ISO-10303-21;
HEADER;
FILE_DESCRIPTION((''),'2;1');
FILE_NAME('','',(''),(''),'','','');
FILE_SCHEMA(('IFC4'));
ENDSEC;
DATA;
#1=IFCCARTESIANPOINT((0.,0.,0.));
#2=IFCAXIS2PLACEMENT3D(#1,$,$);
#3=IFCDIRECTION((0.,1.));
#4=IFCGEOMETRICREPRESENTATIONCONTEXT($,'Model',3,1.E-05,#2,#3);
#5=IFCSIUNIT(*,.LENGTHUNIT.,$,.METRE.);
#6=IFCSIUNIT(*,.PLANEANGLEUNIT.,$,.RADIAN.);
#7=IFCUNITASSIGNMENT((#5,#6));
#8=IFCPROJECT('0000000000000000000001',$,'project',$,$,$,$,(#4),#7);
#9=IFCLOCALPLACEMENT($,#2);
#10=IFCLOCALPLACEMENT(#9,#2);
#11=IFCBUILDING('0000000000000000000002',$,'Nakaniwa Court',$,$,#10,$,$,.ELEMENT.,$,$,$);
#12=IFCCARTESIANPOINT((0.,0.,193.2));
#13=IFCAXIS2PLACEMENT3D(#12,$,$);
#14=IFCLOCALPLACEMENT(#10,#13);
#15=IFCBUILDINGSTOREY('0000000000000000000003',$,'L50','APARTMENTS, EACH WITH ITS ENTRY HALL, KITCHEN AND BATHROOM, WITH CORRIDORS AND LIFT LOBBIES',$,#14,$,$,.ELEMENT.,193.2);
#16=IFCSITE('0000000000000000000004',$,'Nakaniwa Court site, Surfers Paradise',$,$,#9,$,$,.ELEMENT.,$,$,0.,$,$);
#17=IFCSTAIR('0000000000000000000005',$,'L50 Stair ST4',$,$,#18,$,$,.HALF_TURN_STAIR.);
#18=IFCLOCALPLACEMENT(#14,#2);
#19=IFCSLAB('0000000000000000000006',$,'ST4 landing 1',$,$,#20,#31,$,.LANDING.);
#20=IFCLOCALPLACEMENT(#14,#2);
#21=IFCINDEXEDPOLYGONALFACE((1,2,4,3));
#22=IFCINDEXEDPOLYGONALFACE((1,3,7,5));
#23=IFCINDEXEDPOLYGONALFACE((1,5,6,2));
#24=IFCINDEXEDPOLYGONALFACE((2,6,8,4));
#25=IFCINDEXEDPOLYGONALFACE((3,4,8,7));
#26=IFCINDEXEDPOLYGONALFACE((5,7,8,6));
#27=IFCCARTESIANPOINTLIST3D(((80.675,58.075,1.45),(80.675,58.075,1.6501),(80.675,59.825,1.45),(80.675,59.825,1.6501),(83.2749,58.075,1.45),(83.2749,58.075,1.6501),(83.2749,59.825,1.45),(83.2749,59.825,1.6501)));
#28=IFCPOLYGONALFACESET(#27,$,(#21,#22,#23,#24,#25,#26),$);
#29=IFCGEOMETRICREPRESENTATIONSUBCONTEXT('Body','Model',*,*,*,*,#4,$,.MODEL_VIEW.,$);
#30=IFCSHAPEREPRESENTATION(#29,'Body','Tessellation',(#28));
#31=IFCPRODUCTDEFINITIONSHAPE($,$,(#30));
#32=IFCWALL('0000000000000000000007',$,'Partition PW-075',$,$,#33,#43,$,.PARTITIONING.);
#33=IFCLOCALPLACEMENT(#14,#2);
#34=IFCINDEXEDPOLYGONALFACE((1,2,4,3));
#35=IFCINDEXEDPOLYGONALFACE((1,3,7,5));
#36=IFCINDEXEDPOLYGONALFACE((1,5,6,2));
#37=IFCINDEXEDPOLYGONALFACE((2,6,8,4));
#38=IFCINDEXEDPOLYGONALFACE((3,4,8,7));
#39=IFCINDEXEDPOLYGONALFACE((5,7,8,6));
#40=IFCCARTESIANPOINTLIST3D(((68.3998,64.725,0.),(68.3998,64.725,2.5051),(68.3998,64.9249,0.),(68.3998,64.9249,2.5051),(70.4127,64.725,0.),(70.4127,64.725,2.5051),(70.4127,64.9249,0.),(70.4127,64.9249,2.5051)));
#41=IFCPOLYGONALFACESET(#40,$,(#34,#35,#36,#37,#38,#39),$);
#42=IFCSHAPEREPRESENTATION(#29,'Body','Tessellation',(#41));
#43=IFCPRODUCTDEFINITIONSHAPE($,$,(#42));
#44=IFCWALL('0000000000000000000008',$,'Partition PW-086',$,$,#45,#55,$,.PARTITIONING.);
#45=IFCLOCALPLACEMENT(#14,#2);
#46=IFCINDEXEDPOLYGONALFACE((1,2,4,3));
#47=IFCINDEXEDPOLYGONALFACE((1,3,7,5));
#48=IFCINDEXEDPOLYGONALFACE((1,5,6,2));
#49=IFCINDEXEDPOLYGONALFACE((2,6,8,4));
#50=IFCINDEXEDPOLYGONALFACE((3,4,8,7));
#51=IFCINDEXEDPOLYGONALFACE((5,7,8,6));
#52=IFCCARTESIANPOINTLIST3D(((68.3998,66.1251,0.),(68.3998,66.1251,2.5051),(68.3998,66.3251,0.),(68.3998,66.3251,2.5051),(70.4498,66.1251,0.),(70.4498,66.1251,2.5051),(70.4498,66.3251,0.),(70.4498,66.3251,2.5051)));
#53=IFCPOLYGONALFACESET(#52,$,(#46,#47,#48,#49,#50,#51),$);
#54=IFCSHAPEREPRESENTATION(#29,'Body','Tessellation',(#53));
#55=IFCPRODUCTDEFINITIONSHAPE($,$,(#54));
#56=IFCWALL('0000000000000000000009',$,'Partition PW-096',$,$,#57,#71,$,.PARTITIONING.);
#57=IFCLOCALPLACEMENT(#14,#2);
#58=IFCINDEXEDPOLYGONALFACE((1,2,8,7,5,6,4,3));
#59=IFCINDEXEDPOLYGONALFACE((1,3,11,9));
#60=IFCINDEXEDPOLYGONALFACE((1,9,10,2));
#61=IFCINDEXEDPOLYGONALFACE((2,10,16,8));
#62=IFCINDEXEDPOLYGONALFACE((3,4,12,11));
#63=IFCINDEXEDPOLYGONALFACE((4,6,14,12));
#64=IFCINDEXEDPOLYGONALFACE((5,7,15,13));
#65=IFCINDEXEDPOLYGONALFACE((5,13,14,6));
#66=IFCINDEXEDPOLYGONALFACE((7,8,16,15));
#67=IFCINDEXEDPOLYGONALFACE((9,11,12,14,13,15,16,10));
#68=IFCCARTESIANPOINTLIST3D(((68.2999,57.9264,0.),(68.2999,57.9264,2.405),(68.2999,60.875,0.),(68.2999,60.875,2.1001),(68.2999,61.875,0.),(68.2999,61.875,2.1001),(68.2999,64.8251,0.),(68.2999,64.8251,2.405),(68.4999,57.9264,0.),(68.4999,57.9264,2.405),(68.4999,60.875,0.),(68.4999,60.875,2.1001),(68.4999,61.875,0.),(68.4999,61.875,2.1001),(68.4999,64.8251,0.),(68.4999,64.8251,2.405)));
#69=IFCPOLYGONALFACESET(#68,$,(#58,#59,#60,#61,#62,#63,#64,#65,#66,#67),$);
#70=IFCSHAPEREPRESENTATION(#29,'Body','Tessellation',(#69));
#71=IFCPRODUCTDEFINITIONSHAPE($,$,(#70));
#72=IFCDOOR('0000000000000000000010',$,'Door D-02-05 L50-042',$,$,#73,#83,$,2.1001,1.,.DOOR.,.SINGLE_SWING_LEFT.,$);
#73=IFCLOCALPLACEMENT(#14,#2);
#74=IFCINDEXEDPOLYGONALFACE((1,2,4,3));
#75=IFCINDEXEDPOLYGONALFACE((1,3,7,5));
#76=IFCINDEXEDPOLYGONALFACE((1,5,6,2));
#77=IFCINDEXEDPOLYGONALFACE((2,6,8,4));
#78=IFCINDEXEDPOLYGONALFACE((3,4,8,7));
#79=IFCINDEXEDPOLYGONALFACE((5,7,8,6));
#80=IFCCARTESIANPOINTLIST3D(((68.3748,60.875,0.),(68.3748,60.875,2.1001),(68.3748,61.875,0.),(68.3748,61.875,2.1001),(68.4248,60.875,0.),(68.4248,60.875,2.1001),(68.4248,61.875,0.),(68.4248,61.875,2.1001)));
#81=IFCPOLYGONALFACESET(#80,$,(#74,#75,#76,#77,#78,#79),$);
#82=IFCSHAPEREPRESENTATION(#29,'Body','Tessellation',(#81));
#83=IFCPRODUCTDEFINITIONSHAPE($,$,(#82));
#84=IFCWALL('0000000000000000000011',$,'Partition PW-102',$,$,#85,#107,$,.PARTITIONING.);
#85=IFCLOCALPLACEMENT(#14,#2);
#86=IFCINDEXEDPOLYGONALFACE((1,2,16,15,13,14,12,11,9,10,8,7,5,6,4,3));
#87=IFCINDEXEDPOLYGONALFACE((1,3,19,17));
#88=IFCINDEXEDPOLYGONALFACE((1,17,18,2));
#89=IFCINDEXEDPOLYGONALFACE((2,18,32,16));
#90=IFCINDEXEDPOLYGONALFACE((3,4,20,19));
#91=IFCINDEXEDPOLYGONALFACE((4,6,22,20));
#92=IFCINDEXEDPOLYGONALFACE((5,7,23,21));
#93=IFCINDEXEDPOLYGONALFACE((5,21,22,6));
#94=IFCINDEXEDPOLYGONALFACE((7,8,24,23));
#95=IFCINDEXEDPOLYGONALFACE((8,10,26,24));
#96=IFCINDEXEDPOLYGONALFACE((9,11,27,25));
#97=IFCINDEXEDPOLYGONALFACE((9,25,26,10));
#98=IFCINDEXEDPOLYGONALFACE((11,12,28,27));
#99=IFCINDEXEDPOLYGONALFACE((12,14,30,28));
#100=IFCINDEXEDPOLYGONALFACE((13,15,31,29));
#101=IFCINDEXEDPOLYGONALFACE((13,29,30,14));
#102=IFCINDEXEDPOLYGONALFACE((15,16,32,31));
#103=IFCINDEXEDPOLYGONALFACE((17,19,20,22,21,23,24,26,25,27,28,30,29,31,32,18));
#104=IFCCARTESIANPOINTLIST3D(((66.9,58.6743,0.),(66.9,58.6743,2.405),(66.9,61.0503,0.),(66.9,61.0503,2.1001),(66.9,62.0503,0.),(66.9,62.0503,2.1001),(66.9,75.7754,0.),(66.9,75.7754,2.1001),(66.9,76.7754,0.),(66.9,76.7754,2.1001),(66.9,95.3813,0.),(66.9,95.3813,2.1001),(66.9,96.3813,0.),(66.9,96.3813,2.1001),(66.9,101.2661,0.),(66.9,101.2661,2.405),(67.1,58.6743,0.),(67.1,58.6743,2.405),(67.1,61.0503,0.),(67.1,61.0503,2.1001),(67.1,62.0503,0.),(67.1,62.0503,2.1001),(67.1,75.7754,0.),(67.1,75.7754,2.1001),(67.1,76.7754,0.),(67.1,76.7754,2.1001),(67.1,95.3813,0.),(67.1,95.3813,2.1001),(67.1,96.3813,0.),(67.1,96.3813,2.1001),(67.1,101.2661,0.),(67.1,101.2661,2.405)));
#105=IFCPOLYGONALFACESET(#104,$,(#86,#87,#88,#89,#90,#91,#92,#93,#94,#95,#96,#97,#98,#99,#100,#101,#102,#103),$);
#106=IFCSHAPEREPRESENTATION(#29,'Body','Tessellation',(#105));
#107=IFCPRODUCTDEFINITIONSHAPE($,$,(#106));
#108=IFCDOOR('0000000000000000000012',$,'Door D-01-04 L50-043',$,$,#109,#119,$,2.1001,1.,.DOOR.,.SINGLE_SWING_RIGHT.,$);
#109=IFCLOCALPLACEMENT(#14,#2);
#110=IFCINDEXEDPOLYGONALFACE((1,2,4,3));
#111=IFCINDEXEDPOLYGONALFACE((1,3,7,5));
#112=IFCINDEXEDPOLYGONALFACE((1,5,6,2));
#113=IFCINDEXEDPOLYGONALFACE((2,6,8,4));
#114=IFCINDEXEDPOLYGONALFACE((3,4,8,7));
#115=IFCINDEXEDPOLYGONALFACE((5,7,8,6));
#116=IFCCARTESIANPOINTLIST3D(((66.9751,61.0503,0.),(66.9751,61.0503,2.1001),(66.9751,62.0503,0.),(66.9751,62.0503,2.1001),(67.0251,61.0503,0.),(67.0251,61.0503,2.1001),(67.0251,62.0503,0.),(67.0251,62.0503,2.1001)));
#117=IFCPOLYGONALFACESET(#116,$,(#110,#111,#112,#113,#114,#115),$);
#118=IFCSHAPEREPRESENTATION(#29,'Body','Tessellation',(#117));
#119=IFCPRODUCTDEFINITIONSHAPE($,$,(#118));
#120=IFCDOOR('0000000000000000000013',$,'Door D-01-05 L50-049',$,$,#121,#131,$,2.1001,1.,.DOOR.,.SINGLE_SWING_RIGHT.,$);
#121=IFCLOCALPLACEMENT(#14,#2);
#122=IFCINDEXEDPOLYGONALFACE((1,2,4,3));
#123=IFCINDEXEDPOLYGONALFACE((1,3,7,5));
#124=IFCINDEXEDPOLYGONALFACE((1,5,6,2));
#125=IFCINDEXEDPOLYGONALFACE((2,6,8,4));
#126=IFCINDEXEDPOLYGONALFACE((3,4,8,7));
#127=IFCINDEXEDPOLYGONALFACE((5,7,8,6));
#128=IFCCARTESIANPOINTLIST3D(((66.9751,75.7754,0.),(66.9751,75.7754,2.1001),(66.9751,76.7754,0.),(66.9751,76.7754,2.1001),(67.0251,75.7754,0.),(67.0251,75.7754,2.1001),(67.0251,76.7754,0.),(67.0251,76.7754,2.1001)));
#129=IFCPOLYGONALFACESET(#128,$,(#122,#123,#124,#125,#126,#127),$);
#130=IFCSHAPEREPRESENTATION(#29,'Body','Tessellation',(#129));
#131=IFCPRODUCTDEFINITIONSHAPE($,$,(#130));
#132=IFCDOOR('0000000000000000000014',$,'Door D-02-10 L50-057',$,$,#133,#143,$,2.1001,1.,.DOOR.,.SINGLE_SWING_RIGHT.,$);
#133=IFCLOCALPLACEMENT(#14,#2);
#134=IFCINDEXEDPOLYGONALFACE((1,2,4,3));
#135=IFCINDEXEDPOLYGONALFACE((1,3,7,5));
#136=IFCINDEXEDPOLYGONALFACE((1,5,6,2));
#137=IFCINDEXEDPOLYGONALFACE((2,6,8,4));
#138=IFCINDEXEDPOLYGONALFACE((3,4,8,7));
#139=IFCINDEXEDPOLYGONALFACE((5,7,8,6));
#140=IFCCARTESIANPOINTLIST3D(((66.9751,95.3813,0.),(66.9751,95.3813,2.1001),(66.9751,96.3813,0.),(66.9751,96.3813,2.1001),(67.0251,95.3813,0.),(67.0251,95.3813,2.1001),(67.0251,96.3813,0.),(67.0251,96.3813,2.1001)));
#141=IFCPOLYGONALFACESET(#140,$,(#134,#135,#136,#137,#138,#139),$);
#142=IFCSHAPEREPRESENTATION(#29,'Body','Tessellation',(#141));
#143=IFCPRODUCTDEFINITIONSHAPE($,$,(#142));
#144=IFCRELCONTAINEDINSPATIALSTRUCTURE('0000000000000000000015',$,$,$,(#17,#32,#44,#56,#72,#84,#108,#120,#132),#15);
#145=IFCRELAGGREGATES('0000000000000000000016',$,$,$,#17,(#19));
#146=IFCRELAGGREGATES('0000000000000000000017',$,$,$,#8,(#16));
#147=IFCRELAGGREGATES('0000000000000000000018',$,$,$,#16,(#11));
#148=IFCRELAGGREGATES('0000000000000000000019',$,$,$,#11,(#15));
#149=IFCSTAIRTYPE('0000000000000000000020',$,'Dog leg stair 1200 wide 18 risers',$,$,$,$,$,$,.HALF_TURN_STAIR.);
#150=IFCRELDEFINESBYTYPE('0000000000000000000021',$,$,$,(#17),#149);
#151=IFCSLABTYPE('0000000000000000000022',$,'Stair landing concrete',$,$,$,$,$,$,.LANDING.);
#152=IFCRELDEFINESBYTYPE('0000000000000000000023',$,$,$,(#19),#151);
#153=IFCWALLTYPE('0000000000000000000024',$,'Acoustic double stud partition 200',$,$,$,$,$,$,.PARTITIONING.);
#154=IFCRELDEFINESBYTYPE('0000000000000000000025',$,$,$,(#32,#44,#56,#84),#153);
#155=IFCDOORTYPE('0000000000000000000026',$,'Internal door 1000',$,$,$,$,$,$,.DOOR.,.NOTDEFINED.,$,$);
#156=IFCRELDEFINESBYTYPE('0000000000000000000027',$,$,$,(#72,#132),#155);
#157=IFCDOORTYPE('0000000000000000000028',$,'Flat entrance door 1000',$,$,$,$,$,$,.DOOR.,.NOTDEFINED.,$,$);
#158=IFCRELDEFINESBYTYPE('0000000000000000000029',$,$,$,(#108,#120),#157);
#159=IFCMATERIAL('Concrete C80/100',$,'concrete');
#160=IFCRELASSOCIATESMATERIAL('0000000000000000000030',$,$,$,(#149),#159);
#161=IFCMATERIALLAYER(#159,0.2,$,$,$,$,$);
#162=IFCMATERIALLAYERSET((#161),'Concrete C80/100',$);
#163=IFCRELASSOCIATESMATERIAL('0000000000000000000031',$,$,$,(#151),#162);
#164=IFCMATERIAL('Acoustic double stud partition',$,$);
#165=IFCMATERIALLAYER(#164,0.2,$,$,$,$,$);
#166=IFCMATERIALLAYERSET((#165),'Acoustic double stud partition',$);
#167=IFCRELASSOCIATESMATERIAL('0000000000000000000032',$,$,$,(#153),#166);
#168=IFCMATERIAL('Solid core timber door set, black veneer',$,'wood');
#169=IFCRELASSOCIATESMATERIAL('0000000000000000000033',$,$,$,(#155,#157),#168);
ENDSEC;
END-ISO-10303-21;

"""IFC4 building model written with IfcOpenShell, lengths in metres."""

from ifc_helpers import new_model, si_unit, direction, frame, frame_2d, origin, place, context, subcontext, project, spatial, polyline, rectangle, outline, extrude, material, layer, layer_set, type_object, element, fill, aggregate, save


model = new_model("IFC4")

# Units and contexts
model_context = context("Model", 3, precision=1e-05, world=origin(), true_north=direction((0.0, 1.0)))
body_context = subcontext(model_context, "Body", "Model", "MODEL_VIEW")
ifc_project = project(units=[si_unit("LENGTHUNIT", "METRE"), si_unit("PLANEANGLEUNIT", "RADIAN")], contexts=[model_context])

# Site, building, storey
site_placement = place(None, origin())
site = spatial("IfcSite", under=ifc_project, at=site_placement, Name="Nakaniwa Court site, Surfers Paradise", CompositionType="ELEMENT", RefElevation=0.0)
building_placement = place(site_placement, origin())
building = spatial("IfcBuilding", under=site, at=building_placement, Name="Nakaniwa Court", CompositionType="ELEMENT")
storey_placement = place(building_placement, frame((0.0, 0.0, 193.2)))
storey = spatial("IfcBuildingStorey", under=building, at=storey_placement, Name="L50", Description="APARTMENTS, EACH WITH ITS ENTRY HALL, KITCHEN AND BATHROOM, WITH CORRIDORS AND LIFT LOBBIES", CompositionType="ELEMENT", Elevation=193.2)

# Shared definitions
ifc_material_1 = material(Name="Concrete C80/100", Category="concrete")

# Stair, slab
stair_type = type_object("IfcStairType", Name="Dog leg stair 1200 wide 18 risers", PredefinedType="HALF_TURN_STAIR", material=ifc_material_1)
ifc_layer_1 = layer(ifc_material_1, 0.2)
ifc_layer_set_1 = layer_set([ifc_layer_1], Name="Concrete C80/100")
slab_type_1 = type_object("IfcSlabType", Name="Stair landing concrete", PredefinedType="LANDING", material=ifc_layer_set_1)
stair_1_placement = place(storey_placement, origin())
stair_1 = element("IfcStair", 1, at=stair_1_placement, inside=storey, type_object=stair_type, Name="L50 Stair ST4", PredefinedType="HALF_TURN_STAIR")
slab_1_placement = place(storey_placement, frame((0.0, 0.0, 1.45)))
slab_1 = element("IfcSlab", 2, at=slab_1_placement, type_object=slab_type_1, Name="ST4 landing 1", PredefinedType="LANDING", context=body_context, shape_type="SweptSolid", body=[
    extrude(outline(polyline([(83.2749, 58.075), (83.2749, 59.825), (80.675, 59.825), (80.675, 58.075), (83.2749, 58.075)])), origin(), (0.0, 0.0, 1.0), 0.2002),
])
aggregate(stair_1, [slab_1])

# Walls
ifc_material_2 = material(Name="Acoustic double stud partition")
ifc_layer_2 = layer(ifc_material_2, 0.2)
ifc_layer_set_2 = layer_set([ifc_layer_2], Name="Acoustic double stud partition")
wall_type_1 = type_object("IfcWallType", Name="Acoustic double stud partition 200", PredefinedType="PARTITIONING", material=ifc_layer_set_2)
wall_1_placement = place(storey_placement, frame((68.3999, 64.825, 0.0), z_axis=(0.0, 0.0, 1.0), x_axis=(1.0, 0.0, 0.0)))
element("IfcWall", 3, at=wall_1_placement, inside=storey, type_object=wall_type_1, Name="Partition PW-075", PredefinedType="PARTITIONING", context=body_context, shape_type="SweptSolid", body=[
    extrude(rectangle(XDim=2.0129, YDim=0.2, at=frame_2d((1.0063, 0.0))), origin(), (0.0, 0.0, 1.0), 2.5051),
])
wall_2_placement = place(storey_placement, frame((68.3999, 66.2251, 0.0), z_axis=(0.0, 0.0, 1.0), x_axis=(1.0, 0.0, 0.0)))
element("IfcWall", 4, at=wall_2_placement, inside=storey, type_object=wall_type_1, Name="Partition PW-086", PredefinedType="PARTITIONING", context=body_context, shape_type="SweptSolid", body=[
    extrude(rectangle(XDim=2.05, YDim=0.2, at=frame_2d((1.0249, 0.0))), origin(), (0.0, 0.0, 1.0), 2.5051),
])

# Wall, opening, door
wall_3_placement = place(storey_placement, frame((68.3999, 64.825, 0.0), z_axis=(0.0, 0.0, 1.0), x_axis=(0.0, -1.0, 0.0)))
wall_3 = element("IfcWall", 5, at=wall_3_placement, inside=storey, type_object=wall_type_1, Name="Partition PW-096", PredefinedType="PARTITIONING", context=body_context, shape_type="SweptSolid", body=[
    extrude(rectangle(XDim=6.8987, YDim=0.2, at=frame_2d((3.4492, 0.0))), origin(), (0.0, 0.0, 1.0), 2.405),
])
opening_1_placement = place(wall_3_placement, frame((2.95, 0.0, 0.0)))
opening_1 = element("IfcOpeningElement", 6, at=opening_1_placement, cuts=wall_3, PredefinedType="OPENING", context=body_context, shape_type="SweptSolid", body=[
    extrude(rectangle(XDim=1.0, YDim=2.1001, at=frame_2d((0.5, 1.05))), frame((0.0, 0.1099, 0.0), z_axis=(0.0, -1.0, 0.0), x_axis=(1.0, 0.0, 0.0)), (0.0, 0.0, 1.0), 0.22),
])
ifc_material_3 = material(Name="Solid core timber door set, black veneer", Category="wood")
door_type_1 = type_object("IfcDoorType", Name="Internal door 1000", OperationType="NOTDEFINED", PredefinedType="DOOR", material=ifc_material_3)
door_1_placement = place(opening_1_placement, origin())
door_1 = element("IfcDoor", 7, at=door_1_placement, inside=storey, type_object=door_type_1, Name="Door D-02-05 L50-042", OperationType="SINGLE_SWING_LEFT", OverallHeight=2.1001, OverallWidth=1.0, PredefinedType="DOOR", context=body_context, shape_type="SweptSolid", body=[
    extrude(rectangle(XDim=1.0, YDim=2.1001, at=frame_2d((0.5, 1.05))), frame((0.0, 0.0249, 0.0), z_axis=(0.0, -1.0, 0.0), x_axis=(1.0, 0.0, 0.0)), (0.0, 0.0, 1.0), 0.05),
])
fill(opening_1, door_1)

# Wall, openings, doors
wall_4_placement = place(storey_placement, frame((67.0, 58.6743, 0.0), z_axis=(0.0, 0.0, 1.0), x_axis=(0.0, 1.0, 0.0)))
wall_4 = element("IfcWall", 8, at=wall_4_placement, inside=storey, type_object=wall_type_1, Name="Partition PW-102", PredefinedType="PARTITIONING", context=body_context, shape_type="SweptSolid", body=[
    extrude(rectangle(XDim=42.5918, YDim=0.2, at=frame_2d((21.2959, 0.0))), origin(), (0.0, 0.0, 1.0), 2.405),
])
opening_2_placement = place(wall_4_placement, frame((2.376, 0.0, 0.0)))
opening_2 = element("IfcOpeningElement", 9, at=opening_2_placement, cuts=wall_4, PredefinedType="OPENING", context=body_context, shape_type="SweptSolid", body=[
    extrude(rectangle(XDim=1.0, YDim=2.1001, at=frame_2d((0.5, 1.05))), frame((0.0, 0.1099, 0.0), z_axis=(0.0, -1.0, 0.0), x_axis=(1.0, 0.0, 0.0)), (0.0, 0.0, 1.0), 0.22),
])
opening_3_placement = place(wall_4_placement, frame((17.1011, 0.0, 0.0)))
opening_3 = element("IfcOpeningElement", 10, at=opening_3_placement, cuts=wall_4, PredefinedType="OPENING", context=body_context, shape_type="SweptSolid", body=[
    extrude(rectangle(XDim=1.0, YDim=2.1001, at=frame_2d((0.5, 1.05))), frame((0.0, 0.1099, 0.0), z_axis=(0.0, -1.0, 0.0), x_axis=(1.0, 0.0, 0.0)), (0.0, 0.0, 1.0), 0.22),
])
opening_4_placement = place(wall_4_placement, frame((36.707, 0.0, 0.0)))
opening_4 = element("IfcOpeningElement", 11, at=opening_4_placement, cuts=wall_4, PredefinedType="OPENING", context=body_context, shape_type="SweptSolid", body=[
    extrude(rectangle(XDim=1.0, YDim=2.1001, at=frame_2d((0.5, 1.05))), frame((0.0, 0.1099, 0.0), z_axis=(0.0, -1.0, 0.0), x_axis=(1.0, 0.0, 0.0)), (0.0, 0.0, 1.0), 0.22),
])
door_type_2 = type_object("IfcDoorType", Name="Flat entrance door 1000", OperationType="NOTDEFINED", PredefinedType="DOOR", material=ifc_material_3)
door_2_placement = place(opening_2_placement, origin())
door_2 = element("IfcDoor", 12, at=door_2_placement, inside=storey, type_object=door_type_2, Name="Door D-01-04 L50-043", OperationType="SINGLE_SWING_RIGHT", OverallHeight=2.1001, OverallWidth=1.0, PredefinedType="DOOR", context=body_context, shape_type="SweptSolid", body=[
    extrude(rectangle(XDim=1.0, YDim=2.1001, at=frame_2d((0.5, 1.05))), frame((0.0, 0.0249, 0.0), z_axis=(0.0, -1.0, 0.0), x_axis=(1.0, 0.0, 0.0)), (0.0, 0.0, 1.0), 0.05),
])
fill(opening_2, door_2)
door_3_placement = place(opening_3_placement, origin())
door_3 = element("IfcDoor", 13, at=door_3_placement, inside=storey, type_object=door_type_2, Name="Door D-01-05 L50-049", OperationType="SINGLE_SWING_RIGHT", OverallHeight=2.1001, OverallWidth=1.0, PredefinedType="DOOR", context=body_context, shape_type="SweptSolid", body=[
    extrude(rectangle(XDim=1.0, YDim=2.1001, at=frame_2d((0.5, 1.05))), frame((0.0, 0.0249, 0.0), z_axis=(0.0, -1.0, 0.0), x_axis=(1.0, 0.0, 0.0)), (0.0, 0.0, 1.0), 0.05),
])
fill(opening_3, door_3)
door_4_placement = place(opening_4_placement, origin())
door_4 = element("IfcDoor", 14, at=door_4_placement, inside=storey, type_object=door_type_1, Name="Door D-02-10 L50-057", OperationType="SINGLE_SWING_RIGHT", OverallHeight=2.1001, OverallWidth=1.0, PredefinedType="DOOR", context=body_context, shape_type="SweptSolid", body=[
    extrude(rectangle(XDim=1.0, YDim=2.1001, at=frame_2d((0.5, 1.05))), frame((0.0, 0.0249, 0.0), z_axis=(0.0, -1.0, 0.0), x_axis=(1.0, 0.0, 0.0)), (0.0, 0.0, 1.0), 0.05),
])
fill(opening_4, door_4)

save(model, "model.ifc")
